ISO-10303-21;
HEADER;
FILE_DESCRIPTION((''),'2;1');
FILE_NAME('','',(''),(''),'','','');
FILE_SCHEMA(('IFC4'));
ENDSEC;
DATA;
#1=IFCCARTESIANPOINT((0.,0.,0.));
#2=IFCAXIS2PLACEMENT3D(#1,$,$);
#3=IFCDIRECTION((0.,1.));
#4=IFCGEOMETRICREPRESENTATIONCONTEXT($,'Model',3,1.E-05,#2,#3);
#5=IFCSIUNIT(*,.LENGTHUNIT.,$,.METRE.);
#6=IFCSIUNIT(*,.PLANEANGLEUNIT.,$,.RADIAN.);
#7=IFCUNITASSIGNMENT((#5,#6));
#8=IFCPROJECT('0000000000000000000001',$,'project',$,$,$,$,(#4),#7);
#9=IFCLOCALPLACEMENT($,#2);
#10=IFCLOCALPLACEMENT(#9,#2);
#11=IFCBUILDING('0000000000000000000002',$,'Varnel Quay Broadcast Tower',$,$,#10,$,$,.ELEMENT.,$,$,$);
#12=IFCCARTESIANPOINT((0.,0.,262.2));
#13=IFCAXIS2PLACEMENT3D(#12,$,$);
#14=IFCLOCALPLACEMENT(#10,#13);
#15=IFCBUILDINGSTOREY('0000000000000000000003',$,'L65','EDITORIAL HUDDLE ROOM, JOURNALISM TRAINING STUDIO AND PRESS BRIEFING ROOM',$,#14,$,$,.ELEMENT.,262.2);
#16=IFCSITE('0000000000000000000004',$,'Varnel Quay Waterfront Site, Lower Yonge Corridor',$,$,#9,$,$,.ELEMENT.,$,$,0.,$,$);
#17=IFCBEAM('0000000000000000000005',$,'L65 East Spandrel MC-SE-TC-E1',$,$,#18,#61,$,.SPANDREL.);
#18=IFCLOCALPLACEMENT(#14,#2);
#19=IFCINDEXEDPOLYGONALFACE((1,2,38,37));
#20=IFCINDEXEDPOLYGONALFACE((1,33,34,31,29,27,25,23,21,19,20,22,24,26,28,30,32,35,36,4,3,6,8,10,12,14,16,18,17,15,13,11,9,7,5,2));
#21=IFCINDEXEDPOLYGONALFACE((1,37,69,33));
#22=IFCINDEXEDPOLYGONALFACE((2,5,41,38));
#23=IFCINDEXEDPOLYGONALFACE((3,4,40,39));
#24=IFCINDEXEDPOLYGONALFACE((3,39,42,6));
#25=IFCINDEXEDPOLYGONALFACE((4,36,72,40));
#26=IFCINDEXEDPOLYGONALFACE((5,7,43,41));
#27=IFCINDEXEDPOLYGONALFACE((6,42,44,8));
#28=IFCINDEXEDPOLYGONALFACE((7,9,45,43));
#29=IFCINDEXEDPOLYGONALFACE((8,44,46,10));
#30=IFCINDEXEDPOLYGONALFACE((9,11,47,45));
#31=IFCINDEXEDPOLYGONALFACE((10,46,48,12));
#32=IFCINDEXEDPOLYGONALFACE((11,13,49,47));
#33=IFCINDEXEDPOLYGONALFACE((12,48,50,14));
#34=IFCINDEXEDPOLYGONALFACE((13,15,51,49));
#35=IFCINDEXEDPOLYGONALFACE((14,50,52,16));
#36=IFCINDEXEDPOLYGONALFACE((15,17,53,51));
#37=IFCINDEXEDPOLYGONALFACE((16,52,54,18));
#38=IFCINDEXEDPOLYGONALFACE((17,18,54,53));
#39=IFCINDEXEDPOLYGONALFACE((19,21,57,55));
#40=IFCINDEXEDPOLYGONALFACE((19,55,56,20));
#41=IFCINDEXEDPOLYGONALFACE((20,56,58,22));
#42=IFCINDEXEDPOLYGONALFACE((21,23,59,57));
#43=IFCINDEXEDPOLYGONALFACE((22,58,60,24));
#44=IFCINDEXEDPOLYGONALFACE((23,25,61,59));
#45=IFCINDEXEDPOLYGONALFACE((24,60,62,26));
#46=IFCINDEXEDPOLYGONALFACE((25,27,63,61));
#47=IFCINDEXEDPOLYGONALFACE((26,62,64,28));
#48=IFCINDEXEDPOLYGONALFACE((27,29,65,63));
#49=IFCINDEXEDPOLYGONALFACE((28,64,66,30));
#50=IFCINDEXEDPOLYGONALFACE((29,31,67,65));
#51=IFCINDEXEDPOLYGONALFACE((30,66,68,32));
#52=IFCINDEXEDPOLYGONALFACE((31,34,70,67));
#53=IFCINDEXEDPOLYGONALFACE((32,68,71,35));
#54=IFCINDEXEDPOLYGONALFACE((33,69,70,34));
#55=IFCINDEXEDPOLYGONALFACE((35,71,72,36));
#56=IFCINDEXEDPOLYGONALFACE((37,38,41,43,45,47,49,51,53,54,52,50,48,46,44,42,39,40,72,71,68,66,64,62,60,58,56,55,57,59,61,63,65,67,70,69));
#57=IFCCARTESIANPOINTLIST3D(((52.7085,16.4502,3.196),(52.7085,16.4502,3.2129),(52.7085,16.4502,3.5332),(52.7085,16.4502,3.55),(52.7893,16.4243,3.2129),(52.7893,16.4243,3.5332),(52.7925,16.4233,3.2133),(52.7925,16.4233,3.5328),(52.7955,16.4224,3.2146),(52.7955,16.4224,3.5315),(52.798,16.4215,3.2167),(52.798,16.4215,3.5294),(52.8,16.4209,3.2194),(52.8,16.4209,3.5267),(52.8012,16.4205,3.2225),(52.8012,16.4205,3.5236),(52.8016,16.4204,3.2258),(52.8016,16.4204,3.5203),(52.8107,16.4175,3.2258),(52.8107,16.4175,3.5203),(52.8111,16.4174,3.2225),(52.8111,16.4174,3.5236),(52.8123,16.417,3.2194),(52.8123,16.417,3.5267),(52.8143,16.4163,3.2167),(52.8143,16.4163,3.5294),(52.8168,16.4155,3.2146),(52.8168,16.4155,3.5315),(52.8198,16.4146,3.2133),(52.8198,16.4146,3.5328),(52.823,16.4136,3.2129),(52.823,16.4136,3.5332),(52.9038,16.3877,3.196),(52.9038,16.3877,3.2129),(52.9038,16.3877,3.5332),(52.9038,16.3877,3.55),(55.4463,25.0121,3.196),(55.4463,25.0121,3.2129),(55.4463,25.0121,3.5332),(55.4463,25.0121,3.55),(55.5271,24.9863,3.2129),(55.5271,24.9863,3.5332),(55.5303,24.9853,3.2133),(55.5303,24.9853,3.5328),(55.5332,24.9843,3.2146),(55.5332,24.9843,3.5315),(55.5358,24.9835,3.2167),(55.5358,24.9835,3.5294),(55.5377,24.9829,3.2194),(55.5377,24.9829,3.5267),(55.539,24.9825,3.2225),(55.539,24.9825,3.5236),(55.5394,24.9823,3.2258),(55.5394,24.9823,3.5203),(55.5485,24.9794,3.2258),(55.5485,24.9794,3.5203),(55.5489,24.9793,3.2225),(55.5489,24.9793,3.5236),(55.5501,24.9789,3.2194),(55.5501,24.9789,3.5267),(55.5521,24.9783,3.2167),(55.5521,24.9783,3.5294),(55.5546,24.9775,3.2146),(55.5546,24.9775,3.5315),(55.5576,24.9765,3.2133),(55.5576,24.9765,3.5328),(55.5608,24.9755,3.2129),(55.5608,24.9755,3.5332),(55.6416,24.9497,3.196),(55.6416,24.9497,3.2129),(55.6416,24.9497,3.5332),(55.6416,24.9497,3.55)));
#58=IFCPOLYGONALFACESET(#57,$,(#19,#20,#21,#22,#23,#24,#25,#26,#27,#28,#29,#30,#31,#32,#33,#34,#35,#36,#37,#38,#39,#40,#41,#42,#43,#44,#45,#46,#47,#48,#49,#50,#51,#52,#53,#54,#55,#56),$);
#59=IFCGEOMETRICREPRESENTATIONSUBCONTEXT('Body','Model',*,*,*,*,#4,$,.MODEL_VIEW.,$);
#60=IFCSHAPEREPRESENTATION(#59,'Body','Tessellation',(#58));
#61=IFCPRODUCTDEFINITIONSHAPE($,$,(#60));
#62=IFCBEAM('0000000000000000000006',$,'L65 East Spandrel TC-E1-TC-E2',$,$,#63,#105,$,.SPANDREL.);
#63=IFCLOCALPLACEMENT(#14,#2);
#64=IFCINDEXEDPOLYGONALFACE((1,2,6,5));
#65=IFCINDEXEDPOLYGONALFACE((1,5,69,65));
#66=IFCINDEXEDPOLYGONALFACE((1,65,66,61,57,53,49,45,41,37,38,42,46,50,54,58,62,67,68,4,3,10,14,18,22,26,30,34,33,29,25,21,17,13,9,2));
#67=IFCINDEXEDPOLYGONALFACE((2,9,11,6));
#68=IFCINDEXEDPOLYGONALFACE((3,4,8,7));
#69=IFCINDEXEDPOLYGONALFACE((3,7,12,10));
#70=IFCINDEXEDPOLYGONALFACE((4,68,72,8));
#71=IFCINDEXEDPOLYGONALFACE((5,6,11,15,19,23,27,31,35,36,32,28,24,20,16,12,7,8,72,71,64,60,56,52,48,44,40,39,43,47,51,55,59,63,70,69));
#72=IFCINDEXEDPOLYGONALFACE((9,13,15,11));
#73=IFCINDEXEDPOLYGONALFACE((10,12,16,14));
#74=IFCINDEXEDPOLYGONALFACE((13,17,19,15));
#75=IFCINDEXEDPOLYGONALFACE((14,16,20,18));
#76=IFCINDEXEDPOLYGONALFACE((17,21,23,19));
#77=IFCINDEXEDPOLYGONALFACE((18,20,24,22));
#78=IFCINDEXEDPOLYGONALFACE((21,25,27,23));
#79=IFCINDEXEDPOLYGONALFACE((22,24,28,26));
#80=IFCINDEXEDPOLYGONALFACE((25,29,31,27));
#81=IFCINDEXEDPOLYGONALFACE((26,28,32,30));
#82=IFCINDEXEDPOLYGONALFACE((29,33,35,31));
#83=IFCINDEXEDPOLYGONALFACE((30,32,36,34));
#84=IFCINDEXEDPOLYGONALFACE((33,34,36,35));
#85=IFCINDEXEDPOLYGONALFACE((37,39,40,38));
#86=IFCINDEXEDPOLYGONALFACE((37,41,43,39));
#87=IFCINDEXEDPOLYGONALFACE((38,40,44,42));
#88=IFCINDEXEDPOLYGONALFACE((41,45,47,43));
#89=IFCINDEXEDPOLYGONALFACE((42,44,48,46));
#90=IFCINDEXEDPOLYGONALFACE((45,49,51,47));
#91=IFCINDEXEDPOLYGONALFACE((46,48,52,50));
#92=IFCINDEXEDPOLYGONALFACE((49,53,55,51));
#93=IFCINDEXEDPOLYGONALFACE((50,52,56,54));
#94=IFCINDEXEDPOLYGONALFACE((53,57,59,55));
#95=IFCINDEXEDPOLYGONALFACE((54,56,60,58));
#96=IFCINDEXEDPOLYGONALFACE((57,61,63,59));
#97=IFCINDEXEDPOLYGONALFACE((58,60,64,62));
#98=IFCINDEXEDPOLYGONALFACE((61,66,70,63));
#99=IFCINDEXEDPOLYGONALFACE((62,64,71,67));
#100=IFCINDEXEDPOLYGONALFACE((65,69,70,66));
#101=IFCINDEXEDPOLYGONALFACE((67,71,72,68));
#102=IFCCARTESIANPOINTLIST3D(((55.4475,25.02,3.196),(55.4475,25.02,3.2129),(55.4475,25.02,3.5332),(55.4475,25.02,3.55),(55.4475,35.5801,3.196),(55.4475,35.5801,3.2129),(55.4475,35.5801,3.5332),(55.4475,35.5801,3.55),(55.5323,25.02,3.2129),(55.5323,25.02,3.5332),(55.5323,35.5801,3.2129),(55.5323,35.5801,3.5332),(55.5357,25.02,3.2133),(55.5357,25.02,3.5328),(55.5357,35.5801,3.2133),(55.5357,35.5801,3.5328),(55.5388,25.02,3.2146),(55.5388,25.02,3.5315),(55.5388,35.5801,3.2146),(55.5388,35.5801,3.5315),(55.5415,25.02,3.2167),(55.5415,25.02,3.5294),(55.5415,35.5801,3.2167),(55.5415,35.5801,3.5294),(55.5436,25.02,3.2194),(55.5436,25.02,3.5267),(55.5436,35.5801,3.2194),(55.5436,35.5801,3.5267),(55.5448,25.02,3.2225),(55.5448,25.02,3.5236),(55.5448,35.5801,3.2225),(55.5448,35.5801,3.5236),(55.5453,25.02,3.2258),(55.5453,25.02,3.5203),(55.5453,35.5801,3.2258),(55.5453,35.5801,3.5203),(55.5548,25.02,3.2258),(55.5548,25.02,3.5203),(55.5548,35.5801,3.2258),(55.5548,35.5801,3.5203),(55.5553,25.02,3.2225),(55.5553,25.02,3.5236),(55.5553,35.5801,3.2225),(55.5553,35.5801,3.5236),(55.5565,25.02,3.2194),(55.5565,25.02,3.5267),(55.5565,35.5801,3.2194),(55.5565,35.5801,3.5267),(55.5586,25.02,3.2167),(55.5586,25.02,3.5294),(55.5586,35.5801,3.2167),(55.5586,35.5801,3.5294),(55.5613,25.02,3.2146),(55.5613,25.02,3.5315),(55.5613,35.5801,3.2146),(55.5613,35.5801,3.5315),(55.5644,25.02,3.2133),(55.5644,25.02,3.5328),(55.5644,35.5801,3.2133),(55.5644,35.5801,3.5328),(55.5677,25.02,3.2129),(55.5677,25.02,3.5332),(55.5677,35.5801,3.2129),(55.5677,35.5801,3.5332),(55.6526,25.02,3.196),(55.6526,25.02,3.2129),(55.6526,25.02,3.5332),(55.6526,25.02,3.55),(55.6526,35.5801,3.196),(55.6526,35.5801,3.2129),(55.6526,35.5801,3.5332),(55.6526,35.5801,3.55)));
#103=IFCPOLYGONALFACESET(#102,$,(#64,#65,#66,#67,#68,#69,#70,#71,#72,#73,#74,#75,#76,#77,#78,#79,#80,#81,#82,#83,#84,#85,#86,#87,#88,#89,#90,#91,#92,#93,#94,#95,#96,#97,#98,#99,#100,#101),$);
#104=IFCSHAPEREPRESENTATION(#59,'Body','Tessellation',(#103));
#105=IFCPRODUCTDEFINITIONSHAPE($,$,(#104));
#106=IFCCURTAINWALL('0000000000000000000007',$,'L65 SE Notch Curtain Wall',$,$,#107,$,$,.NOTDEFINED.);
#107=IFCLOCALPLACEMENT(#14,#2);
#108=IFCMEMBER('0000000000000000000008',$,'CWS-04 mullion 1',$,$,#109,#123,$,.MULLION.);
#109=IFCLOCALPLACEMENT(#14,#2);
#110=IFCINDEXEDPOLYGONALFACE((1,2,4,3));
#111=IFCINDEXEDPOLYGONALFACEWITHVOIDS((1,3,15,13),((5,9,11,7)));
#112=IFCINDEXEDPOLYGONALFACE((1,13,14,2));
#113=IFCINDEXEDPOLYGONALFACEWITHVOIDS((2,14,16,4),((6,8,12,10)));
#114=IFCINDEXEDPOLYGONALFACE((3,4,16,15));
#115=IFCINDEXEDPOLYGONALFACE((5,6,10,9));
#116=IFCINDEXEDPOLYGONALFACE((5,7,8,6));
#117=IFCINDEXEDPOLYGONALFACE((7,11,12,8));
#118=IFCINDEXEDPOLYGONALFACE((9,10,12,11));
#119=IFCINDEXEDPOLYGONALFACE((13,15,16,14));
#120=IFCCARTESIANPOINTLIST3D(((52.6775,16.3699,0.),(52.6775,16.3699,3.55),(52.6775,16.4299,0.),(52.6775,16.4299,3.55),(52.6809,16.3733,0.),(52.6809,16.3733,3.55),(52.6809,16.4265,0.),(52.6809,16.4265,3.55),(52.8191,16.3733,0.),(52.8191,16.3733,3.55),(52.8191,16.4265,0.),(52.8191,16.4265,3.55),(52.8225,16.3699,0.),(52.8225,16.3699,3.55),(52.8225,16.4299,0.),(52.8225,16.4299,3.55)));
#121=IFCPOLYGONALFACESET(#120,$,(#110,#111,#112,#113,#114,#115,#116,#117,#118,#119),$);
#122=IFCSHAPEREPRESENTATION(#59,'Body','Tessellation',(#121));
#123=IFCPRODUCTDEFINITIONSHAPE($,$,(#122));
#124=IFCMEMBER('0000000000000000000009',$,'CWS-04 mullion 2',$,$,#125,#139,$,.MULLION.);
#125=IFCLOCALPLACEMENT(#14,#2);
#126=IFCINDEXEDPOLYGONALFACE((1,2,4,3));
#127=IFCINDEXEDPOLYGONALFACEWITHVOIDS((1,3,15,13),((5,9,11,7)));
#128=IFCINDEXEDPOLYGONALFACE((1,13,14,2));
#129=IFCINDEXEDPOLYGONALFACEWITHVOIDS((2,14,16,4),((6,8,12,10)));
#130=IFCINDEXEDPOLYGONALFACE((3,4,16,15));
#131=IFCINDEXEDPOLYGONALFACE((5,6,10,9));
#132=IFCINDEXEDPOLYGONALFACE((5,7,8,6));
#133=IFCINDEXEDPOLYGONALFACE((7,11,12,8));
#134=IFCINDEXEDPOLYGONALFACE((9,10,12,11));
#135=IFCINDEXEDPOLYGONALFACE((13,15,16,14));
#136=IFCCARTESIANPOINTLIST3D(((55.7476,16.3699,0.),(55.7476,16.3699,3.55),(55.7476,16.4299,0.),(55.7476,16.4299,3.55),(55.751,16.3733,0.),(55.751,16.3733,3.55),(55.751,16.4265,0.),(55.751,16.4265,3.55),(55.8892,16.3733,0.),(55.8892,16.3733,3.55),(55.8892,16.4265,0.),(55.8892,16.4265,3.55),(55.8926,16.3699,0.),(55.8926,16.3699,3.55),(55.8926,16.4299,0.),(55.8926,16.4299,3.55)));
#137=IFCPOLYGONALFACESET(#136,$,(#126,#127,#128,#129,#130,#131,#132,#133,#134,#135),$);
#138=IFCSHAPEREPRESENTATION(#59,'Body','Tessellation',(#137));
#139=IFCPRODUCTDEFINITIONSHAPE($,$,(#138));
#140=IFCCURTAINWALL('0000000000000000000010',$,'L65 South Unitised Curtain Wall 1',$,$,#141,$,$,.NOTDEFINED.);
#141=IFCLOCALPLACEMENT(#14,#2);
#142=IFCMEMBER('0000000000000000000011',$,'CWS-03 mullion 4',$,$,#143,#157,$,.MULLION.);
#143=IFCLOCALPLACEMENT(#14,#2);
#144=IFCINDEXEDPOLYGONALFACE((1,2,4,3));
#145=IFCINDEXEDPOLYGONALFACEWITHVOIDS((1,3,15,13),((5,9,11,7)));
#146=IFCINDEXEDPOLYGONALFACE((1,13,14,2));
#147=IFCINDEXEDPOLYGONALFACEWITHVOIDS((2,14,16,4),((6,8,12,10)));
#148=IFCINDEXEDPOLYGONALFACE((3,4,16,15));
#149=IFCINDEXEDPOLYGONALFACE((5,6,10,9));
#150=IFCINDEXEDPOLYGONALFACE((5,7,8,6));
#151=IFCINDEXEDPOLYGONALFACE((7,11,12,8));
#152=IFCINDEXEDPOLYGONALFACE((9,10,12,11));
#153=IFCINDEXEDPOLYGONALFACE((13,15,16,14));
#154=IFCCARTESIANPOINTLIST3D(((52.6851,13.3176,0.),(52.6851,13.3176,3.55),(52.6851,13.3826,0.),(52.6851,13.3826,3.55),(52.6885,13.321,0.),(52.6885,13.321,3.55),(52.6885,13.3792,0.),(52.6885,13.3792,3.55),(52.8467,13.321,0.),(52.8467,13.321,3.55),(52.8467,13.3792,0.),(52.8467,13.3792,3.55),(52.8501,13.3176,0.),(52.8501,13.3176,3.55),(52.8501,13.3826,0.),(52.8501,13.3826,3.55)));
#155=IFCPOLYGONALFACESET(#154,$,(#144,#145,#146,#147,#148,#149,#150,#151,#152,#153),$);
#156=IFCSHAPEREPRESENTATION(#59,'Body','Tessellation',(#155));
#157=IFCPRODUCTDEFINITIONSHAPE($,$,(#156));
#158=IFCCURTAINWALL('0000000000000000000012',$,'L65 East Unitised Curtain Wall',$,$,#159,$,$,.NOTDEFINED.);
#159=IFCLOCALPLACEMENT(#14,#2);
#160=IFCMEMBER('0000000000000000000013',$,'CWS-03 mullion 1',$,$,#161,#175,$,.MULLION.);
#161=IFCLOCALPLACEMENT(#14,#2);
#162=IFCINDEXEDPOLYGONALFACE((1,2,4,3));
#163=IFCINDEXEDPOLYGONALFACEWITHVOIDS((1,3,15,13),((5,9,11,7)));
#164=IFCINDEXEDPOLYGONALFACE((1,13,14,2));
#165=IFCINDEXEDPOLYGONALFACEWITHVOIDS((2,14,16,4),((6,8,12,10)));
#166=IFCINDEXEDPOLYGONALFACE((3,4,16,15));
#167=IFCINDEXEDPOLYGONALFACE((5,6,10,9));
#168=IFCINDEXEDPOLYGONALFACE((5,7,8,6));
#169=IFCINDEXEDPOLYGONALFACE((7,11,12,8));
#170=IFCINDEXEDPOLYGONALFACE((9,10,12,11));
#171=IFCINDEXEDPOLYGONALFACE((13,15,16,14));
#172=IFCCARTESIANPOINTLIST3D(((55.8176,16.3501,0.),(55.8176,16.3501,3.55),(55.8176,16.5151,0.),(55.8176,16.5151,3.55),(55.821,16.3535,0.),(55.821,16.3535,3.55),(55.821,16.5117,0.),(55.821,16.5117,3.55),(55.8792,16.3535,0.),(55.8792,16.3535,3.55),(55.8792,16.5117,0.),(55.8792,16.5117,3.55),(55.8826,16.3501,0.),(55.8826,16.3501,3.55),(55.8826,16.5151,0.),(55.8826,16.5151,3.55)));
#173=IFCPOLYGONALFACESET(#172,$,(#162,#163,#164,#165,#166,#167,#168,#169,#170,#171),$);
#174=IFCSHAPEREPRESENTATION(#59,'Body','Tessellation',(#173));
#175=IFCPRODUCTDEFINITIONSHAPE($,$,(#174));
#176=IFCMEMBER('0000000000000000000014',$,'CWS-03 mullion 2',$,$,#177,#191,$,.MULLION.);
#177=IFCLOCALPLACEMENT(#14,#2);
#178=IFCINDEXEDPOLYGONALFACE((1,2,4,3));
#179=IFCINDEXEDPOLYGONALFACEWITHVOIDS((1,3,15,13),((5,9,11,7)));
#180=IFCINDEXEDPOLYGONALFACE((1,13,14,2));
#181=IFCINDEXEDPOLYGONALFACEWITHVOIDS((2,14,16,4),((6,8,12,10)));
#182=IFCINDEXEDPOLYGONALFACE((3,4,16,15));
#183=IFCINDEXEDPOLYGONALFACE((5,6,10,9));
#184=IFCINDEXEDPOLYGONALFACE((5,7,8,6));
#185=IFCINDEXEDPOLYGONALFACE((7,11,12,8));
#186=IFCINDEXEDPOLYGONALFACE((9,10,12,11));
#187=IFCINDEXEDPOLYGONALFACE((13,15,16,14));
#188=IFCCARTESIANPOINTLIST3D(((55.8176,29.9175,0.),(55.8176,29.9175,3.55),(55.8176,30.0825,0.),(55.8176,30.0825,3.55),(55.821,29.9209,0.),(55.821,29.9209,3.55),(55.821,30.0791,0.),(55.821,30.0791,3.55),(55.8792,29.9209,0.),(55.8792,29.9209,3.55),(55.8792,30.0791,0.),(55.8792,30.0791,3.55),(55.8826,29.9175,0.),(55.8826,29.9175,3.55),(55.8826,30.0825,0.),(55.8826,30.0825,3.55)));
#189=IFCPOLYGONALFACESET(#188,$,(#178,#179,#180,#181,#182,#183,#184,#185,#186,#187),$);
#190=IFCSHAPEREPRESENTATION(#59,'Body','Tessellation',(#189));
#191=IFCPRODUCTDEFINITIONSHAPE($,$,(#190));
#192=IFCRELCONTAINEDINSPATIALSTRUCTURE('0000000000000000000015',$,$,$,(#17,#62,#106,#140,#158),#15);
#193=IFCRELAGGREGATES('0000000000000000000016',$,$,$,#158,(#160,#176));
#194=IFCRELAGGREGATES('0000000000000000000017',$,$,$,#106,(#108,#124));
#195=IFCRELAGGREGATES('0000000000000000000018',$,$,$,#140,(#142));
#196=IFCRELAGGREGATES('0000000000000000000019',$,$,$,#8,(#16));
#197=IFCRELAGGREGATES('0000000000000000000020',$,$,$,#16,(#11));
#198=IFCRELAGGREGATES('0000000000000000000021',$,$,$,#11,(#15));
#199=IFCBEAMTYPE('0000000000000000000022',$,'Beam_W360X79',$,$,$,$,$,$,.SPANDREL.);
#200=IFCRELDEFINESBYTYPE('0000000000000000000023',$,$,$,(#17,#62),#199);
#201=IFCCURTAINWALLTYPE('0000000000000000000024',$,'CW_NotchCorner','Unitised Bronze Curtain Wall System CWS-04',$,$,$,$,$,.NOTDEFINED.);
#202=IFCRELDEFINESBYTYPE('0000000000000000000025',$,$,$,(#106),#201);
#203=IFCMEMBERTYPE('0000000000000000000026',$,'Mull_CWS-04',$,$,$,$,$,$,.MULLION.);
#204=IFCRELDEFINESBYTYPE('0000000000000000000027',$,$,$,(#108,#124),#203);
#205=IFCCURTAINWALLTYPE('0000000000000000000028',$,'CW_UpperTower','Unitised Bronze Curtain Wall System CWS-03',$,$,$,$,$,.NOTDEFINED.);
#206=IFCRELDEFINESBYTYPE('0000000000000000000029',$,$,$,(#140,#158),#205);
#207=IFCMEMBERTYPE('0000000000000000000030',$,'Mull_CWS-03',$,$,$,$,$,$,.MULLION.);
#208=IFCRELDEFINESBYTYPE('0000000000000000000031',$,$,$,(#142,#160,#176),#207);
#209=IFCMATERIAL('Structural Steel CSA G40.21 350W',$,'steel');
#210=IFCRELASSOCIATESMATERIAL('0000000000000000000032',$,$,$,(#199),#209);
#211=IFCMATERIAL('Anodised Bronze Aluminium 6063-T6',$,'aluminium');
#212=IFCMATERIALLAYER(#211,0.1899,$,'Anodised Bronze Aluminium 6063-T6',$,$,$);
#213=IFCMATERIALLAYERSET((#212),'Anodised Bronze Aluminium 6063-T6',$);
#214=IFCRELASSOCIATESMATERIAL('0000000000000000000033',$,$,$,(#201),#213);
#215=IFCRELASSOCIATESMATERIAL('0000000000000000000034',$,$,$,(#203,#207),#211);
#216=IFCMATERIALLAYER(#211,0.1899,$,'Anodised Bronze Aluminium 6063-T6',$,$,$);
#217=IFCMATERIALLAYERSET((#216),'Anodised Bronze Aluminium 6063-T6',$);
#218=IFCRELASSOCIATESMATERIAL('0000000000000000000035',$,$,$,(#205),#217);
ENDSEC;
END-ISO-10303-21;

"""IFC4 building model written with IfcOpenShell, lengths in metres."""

from ifc_helpers import new_model, si_unit, direction, frame, origin, origin_2d, place, context, subcontext, project, spatial, hollow_rectangle, i_section, extrude, source, transform, mapped, material, layer, layer_set, material_profile, profile_set, type_object, type_shapes, element, aggregate, save


model = new_model("IFC4")

# Units and contexts
model_context = context("Model", 3, precision=1e-05, world=origin(), true_north=direction((0.0, 1.0)))
body_context = subcontext(model_context, "Body", "Model", "MODEL_VIEW")
ifc_project = project(units=[si_unit("LENGTHUNIT", "METRE"), si_unit("PLANEANGLEUNIT", "RADIAN")], contexts=[model_context])

# Site, building, storey
site_placement = place(None, origin())
site = spatial("IfcSite", under=ifc_project, at=site_placement, Name="Varnel Quay Waterfront Site, Lower Yonge Corridor", CompositionType="ELEMENT", RefElevation=0.0)
building_placement = place(site_placement, origin())
building = spatial("IfcBuilding", under=site, at=building_placement, Name="Varnel Quay Broadcast Tower", CompositionType="ELEMENT")
storey_placement = place(building_placement, frame((0.0, 0.0, 262.2)))
storey = spatial("IfcBuildingStorey", under=building, at=storey_placement, Name="L65", Description="EDITORIAL HUDDLE ROOM, JOURNALISM TRAINING STUDIO AND PRESS BRIEFING ROOM", CompositionType="ELEMENT", Elevation=262.2)

# Shared definitions
ifc_material_1 = material(Name="Structural Steel CSA G40.21 350W", Category="steel")

# Beams
ifc_material_profile_1 = material_profile(ifc_material_1, i_section(OverallWidth=0.2051, OverallDepth=0.354, WebThickness=0.0095, FlangeThickness=0.0168, FilletRadius=0.0129, at=origin_2d()), Name="W360X79")
ifc_profile_set_1 = profile_set([ifc_material_profile_1], Name="Structural Steel CSA G40.21 350W")
beam_type = type_object("IfcBeamType", Name="Beam_W360X79", PredefinedType="SPANDREL", material=ifc_profile_set_1)
shared_shape_1 = source(origin(), body_context, "Body", "SweptSolid", [
    extrude(i_section(OverallWidth=0.2051, OverallDepth=0.354, WebThickness=0.0095, FlangeThickness=0.0168, FilletRadius=0.0129, at=origin_2d()), origin(), (0.0, 0.0, 1.0), 8.989),
])
beam_1_placement = place(storey_placement, frame((52.8062, 16.4189, 3.373), z_axis=(0.304569, 0.95249, 0.0), x_axis=(-0.95249, 0.304569, 0.0)))
element("IfcBeam", 1, at=beam_1_placement, inside=storey, type_object=beam_type, Name="L65 East Spandrel MC-SE-TC-E1", PredefinedType="SPANDREL", context=body_context, shape_type="MappedRepresentation", body=[
    mapped(shared_shape_1, transform((0.0, 0.0, 0.0), x_axis=(1.0, 0.0, 0.0), y_axis=(0.0, 1.0, 0.0), z_axis=(0.0, 0.0, 1.0), scale=1.0)),
])
shared_shape_2 = source(origin(), body_context, "Body", "SweptSolid", [
    extrude(i_section(OverallWidth=0.2051, OverallDepth=0.354, WebThickness=0.0095, FlangeThickness=0.0168, FilletRadius=0.0129, at=origin_2d()), origin(), (0.0, 0.0, 1.0), 10.5601),
])
beam_2_placement = place(storey_placement, frame((55.55, 25.02, 3.373), z_axis=(0.0, 1.0, 0.0), x_axis=(-1.0, 0.0, 0.0)))
element("IfcBeam", 2, at=beam_2_placement, inside=storey, type_object=beam_type, Name="L65 East Spandrel TC-E1-TC-E2", PredefinedType="SPANDREL", context=body_context, shape_type="MappedRepresentation", body=[
    mapped(shared_shape_2, transform((0.0, 0.0, 0.0), x_axis=(1.0, 0.0, 0.0), y_axis=(0.0, 1.0, 0.0), z_axis=(0.0, 0.0, 1.0), scale=1.0)),
])

# Curtain wall, members
ifc_material_2 = material(Name="Anodised Bronze Aluminium 6063-T6", Category="aluminium")
ifc_layer_1 = layer(ifc_material_2, 0.1899, Name="Anodised Bronze Aluminium 6063-T6")
ifc_layer_set_1 = layer_set([ifc_layer_1], Name="Anodised Bronze Aluminium 6063-T6")
curtain_wall_type_1 = type_object("IfcCurtainWallType", Name="CW_NotchCorner", Description="Unitised Bronze Curtain Wall System CWS-04", PredefinedType="NOTDEFINED", material=ifc_layer_set_1)
curtain_wall_1_placement = place(storey_placement, origin())
curtain_wall_1 = element("IfcCurtainWall", 3, at=curtain_wall_1_placement, inside=storey, type_object=curtain_wall_type_1, Name="L65 SE Notch Curtain Wall", PredefinedType="NOTDEFINED")
ifc_material_profile_2 = material_profile(ifc_material_2, hollow_rectangle(XDim=0.0601, YDim=0.145, WallThickness=0.0034, at=origin_2d()), Name="ALU60X145X3.5")
ifc_profile_set_2 = profile_set([ifc_material_profile_2], Name="Anodised Bronze Aluminium 6063-T6")
member_type_1 = type_object("IfcMemberType", Name="Mull_CWS-04", PredefinedType="MULLION", material=ifc_profile_set_2)
shared_shape_3 = source(origin(), body_context, "Body", "SweptSolid", [
    extrude(hollow_rectangle(XDim=0.0601, YDim=0.145, WallThickness=0.0034, at=origin_2d()), origin(), (0.0, 0.0, 1.0), 3.55),
])
type_shapes(member_type_1, [shared_shape_3])
member_1_placement = place(storey_placement, frame((52.75, 16.3999, 0.0), z_axis=(0.0, 0.0, 1.0), x_axis=(0.0, 1.0, 0.0)))
member_1 = element("IfcMember", 4, at=member_1_placement, type_object=member_type_1, Name="CWS-04 mullion 1", PredefinedType="MULLION", context=body_context, shape_type="MappedRepresentation", body=[
    mapped(shared_shape_3, transform((0.0, 0.0, 0.0), x_axis=(1.0, 0.0, 0.0), y_axis=(0.0, 1.0, 0.0), z_axis=(0.0, 0.0, 1.0), scale=1.0)),
])
member_2_placement = place(storey_placement, frame((55.8201, 16.3999, 0.0), z_axis=(0.0, 0.0, 1.0), x_axis=(0.0, 1.0, 0.0)))
member_2 = element("IfcMember", 5, at=member_2_placement, type_object=member_type_1, Name="CWS-04 mullion 2", PredefinedType="MULLION", context=body_context, shape_type="MappedRepresentation", body=[
    mapped(shared_shape_3, transform((0.0, 0.0, 0.0), x_axis=(1.0, 0.0, 0.0), y_axis=(0.0, 1.0, 0.0), z_axis=(0.0, 0.0, 1.0), scale=1.0)),
])

# Curtain wall, member
ifc_layer_2 = layer(ifc_material_2, 0.1899, Name="Anodised Bronze Aluminium 6063-T6")
ifc_layer_set_2 = layer_set([ifc_layer_2], Name="Anodised Bronze Aluminium 6063-T6")
curtain_wall_type_2 = type_object("IfcCurtainWallType", Name="CW_UpperTower", Description="Unitised Bronze Curtain Wall System CWS-03", PredefinedType="NOTDEFINED", material=ifc_layer_set_2)
curtain_wall_2_placement = place(storey_placement, origin())
curtain_wall_2 = element("IfcCurtainWall", 6, at=curtain_wall_2_placement, inside=storey, type_object=curtain_wall_type_2, Name="L65 South Unitised Curtain Wall 1", PredefinedType="NOTDEFINED")
ifc_material_profile_3 = material_profile(ifc_material_2, hollow_rectangle(XDim=0.0649, YDim=0.165, WallThickness=0.0034, at=origin_2d()), Name="ALU65X165X3.5")
ifc_profile_set_3 = profile_set([ifc_material_profile_3], Name="Anodised Bronze Aluminium 6063-T6")
member_type_2 = type_object("IfcMemberType", Name="Mull_CWS-03", PredefinedType="MULLION", material=ifc_profile_set_3)
shared_shape_4 = source(origin(), body_context, "Body", "SweptSolid", [
    extrude(hollow_rectangle(XDim=0.0649, YDim=0.165, WallThickness=0.0034, at=origin_2d()), origin(), (0.0, 0.0, 1.0), 3.55),
])
type_shapes(member_type_2, [shared_shape_4])
member_3_placement = place(storey_placement, frame((52.7676, 13.3501, 0.0), z_axis=(0.0, 0.0, 1.0), x_axis=(0.0, 1.0, 0.0)))
member_3 = element("IfcMember", 7, at=member_3_placement, type_object=member_type_2, Name="CWS-03 mullion 4", PredefinedType="MULLION", context=body_context, shape_type="MappedRepresentation", body=[
    mapped(shared_shape_4, transform((0.0, 0.0, 0.0), x_axis=(1.0, 0.0, 0.0), y_axis=(0.0, 1.0, 0.0), z_axis=(0.0, 0.0, 1.0), scale=1.0)),
])

# Curtain wall, members
curtain_wall_3_placement = place(storey_placement, origin())
curtain_wall_3 = element("IfcCurtainWall", 8, at=curtain_wall_3_placement, inside=storey, type_object=curtain_wall_type_2, Name="L65 East Unitised Curtain Wall", PredefinedType="NOTDEFINED")
member_4_placement = place(storey_placement, frame((55.8501, 16.4326, 0.0), z_axis=(0.0, 0.0, 1.0), x_axis=(-1.0, 0.0, 0.0)))
member_4 = element("IfcMember", 9, at=member_4_placement, type_object=member_type_2, Name="CWS-03 mullion 1", PredefinedType="MULLION", context=body_context, shape_type="MappedRepresentation", body=[
    mapped(shared_shape_4, transform((0.0, 0.0, 0.0), x_axis=(1.0, 0.0, 0.0), y_axis=(0.0, 1.0, 0.0), z_axis=(0.0, 0.0, 1.0), scale=1.0)),
])
member_5_placement = place(storey_placement, frame((55.8501, 30.0, 0.0), z_axis=(0.0, 0.0, 1.0), x_axis=(-1.0, 0.0, 0.0)))
member_5 = element("IfcMember", 10, at=member_5_placement, type_object=member_type_2, Name="CWS-03 mullion 2", PredefinedType="MULLION", context=body_context, shape_type="MappedRepresentation", body=[
    mapped(shared_shape_4, transform((0.0, 0.0, 0.0), x_axis=(1.0, 0.0, 0.0), y_axis=(0.0, 1.0, 0.0), z_axis=(0.0, 0.0, 1.0), scale=1.0)),
])

aggregate(curtain_wall_3, [member_4, member_5])
aggregate(curtain_wall_1, [member_1, member_2])
aggregate(curtain_wall_2, [member_3])

save(model, "model.ifc")
